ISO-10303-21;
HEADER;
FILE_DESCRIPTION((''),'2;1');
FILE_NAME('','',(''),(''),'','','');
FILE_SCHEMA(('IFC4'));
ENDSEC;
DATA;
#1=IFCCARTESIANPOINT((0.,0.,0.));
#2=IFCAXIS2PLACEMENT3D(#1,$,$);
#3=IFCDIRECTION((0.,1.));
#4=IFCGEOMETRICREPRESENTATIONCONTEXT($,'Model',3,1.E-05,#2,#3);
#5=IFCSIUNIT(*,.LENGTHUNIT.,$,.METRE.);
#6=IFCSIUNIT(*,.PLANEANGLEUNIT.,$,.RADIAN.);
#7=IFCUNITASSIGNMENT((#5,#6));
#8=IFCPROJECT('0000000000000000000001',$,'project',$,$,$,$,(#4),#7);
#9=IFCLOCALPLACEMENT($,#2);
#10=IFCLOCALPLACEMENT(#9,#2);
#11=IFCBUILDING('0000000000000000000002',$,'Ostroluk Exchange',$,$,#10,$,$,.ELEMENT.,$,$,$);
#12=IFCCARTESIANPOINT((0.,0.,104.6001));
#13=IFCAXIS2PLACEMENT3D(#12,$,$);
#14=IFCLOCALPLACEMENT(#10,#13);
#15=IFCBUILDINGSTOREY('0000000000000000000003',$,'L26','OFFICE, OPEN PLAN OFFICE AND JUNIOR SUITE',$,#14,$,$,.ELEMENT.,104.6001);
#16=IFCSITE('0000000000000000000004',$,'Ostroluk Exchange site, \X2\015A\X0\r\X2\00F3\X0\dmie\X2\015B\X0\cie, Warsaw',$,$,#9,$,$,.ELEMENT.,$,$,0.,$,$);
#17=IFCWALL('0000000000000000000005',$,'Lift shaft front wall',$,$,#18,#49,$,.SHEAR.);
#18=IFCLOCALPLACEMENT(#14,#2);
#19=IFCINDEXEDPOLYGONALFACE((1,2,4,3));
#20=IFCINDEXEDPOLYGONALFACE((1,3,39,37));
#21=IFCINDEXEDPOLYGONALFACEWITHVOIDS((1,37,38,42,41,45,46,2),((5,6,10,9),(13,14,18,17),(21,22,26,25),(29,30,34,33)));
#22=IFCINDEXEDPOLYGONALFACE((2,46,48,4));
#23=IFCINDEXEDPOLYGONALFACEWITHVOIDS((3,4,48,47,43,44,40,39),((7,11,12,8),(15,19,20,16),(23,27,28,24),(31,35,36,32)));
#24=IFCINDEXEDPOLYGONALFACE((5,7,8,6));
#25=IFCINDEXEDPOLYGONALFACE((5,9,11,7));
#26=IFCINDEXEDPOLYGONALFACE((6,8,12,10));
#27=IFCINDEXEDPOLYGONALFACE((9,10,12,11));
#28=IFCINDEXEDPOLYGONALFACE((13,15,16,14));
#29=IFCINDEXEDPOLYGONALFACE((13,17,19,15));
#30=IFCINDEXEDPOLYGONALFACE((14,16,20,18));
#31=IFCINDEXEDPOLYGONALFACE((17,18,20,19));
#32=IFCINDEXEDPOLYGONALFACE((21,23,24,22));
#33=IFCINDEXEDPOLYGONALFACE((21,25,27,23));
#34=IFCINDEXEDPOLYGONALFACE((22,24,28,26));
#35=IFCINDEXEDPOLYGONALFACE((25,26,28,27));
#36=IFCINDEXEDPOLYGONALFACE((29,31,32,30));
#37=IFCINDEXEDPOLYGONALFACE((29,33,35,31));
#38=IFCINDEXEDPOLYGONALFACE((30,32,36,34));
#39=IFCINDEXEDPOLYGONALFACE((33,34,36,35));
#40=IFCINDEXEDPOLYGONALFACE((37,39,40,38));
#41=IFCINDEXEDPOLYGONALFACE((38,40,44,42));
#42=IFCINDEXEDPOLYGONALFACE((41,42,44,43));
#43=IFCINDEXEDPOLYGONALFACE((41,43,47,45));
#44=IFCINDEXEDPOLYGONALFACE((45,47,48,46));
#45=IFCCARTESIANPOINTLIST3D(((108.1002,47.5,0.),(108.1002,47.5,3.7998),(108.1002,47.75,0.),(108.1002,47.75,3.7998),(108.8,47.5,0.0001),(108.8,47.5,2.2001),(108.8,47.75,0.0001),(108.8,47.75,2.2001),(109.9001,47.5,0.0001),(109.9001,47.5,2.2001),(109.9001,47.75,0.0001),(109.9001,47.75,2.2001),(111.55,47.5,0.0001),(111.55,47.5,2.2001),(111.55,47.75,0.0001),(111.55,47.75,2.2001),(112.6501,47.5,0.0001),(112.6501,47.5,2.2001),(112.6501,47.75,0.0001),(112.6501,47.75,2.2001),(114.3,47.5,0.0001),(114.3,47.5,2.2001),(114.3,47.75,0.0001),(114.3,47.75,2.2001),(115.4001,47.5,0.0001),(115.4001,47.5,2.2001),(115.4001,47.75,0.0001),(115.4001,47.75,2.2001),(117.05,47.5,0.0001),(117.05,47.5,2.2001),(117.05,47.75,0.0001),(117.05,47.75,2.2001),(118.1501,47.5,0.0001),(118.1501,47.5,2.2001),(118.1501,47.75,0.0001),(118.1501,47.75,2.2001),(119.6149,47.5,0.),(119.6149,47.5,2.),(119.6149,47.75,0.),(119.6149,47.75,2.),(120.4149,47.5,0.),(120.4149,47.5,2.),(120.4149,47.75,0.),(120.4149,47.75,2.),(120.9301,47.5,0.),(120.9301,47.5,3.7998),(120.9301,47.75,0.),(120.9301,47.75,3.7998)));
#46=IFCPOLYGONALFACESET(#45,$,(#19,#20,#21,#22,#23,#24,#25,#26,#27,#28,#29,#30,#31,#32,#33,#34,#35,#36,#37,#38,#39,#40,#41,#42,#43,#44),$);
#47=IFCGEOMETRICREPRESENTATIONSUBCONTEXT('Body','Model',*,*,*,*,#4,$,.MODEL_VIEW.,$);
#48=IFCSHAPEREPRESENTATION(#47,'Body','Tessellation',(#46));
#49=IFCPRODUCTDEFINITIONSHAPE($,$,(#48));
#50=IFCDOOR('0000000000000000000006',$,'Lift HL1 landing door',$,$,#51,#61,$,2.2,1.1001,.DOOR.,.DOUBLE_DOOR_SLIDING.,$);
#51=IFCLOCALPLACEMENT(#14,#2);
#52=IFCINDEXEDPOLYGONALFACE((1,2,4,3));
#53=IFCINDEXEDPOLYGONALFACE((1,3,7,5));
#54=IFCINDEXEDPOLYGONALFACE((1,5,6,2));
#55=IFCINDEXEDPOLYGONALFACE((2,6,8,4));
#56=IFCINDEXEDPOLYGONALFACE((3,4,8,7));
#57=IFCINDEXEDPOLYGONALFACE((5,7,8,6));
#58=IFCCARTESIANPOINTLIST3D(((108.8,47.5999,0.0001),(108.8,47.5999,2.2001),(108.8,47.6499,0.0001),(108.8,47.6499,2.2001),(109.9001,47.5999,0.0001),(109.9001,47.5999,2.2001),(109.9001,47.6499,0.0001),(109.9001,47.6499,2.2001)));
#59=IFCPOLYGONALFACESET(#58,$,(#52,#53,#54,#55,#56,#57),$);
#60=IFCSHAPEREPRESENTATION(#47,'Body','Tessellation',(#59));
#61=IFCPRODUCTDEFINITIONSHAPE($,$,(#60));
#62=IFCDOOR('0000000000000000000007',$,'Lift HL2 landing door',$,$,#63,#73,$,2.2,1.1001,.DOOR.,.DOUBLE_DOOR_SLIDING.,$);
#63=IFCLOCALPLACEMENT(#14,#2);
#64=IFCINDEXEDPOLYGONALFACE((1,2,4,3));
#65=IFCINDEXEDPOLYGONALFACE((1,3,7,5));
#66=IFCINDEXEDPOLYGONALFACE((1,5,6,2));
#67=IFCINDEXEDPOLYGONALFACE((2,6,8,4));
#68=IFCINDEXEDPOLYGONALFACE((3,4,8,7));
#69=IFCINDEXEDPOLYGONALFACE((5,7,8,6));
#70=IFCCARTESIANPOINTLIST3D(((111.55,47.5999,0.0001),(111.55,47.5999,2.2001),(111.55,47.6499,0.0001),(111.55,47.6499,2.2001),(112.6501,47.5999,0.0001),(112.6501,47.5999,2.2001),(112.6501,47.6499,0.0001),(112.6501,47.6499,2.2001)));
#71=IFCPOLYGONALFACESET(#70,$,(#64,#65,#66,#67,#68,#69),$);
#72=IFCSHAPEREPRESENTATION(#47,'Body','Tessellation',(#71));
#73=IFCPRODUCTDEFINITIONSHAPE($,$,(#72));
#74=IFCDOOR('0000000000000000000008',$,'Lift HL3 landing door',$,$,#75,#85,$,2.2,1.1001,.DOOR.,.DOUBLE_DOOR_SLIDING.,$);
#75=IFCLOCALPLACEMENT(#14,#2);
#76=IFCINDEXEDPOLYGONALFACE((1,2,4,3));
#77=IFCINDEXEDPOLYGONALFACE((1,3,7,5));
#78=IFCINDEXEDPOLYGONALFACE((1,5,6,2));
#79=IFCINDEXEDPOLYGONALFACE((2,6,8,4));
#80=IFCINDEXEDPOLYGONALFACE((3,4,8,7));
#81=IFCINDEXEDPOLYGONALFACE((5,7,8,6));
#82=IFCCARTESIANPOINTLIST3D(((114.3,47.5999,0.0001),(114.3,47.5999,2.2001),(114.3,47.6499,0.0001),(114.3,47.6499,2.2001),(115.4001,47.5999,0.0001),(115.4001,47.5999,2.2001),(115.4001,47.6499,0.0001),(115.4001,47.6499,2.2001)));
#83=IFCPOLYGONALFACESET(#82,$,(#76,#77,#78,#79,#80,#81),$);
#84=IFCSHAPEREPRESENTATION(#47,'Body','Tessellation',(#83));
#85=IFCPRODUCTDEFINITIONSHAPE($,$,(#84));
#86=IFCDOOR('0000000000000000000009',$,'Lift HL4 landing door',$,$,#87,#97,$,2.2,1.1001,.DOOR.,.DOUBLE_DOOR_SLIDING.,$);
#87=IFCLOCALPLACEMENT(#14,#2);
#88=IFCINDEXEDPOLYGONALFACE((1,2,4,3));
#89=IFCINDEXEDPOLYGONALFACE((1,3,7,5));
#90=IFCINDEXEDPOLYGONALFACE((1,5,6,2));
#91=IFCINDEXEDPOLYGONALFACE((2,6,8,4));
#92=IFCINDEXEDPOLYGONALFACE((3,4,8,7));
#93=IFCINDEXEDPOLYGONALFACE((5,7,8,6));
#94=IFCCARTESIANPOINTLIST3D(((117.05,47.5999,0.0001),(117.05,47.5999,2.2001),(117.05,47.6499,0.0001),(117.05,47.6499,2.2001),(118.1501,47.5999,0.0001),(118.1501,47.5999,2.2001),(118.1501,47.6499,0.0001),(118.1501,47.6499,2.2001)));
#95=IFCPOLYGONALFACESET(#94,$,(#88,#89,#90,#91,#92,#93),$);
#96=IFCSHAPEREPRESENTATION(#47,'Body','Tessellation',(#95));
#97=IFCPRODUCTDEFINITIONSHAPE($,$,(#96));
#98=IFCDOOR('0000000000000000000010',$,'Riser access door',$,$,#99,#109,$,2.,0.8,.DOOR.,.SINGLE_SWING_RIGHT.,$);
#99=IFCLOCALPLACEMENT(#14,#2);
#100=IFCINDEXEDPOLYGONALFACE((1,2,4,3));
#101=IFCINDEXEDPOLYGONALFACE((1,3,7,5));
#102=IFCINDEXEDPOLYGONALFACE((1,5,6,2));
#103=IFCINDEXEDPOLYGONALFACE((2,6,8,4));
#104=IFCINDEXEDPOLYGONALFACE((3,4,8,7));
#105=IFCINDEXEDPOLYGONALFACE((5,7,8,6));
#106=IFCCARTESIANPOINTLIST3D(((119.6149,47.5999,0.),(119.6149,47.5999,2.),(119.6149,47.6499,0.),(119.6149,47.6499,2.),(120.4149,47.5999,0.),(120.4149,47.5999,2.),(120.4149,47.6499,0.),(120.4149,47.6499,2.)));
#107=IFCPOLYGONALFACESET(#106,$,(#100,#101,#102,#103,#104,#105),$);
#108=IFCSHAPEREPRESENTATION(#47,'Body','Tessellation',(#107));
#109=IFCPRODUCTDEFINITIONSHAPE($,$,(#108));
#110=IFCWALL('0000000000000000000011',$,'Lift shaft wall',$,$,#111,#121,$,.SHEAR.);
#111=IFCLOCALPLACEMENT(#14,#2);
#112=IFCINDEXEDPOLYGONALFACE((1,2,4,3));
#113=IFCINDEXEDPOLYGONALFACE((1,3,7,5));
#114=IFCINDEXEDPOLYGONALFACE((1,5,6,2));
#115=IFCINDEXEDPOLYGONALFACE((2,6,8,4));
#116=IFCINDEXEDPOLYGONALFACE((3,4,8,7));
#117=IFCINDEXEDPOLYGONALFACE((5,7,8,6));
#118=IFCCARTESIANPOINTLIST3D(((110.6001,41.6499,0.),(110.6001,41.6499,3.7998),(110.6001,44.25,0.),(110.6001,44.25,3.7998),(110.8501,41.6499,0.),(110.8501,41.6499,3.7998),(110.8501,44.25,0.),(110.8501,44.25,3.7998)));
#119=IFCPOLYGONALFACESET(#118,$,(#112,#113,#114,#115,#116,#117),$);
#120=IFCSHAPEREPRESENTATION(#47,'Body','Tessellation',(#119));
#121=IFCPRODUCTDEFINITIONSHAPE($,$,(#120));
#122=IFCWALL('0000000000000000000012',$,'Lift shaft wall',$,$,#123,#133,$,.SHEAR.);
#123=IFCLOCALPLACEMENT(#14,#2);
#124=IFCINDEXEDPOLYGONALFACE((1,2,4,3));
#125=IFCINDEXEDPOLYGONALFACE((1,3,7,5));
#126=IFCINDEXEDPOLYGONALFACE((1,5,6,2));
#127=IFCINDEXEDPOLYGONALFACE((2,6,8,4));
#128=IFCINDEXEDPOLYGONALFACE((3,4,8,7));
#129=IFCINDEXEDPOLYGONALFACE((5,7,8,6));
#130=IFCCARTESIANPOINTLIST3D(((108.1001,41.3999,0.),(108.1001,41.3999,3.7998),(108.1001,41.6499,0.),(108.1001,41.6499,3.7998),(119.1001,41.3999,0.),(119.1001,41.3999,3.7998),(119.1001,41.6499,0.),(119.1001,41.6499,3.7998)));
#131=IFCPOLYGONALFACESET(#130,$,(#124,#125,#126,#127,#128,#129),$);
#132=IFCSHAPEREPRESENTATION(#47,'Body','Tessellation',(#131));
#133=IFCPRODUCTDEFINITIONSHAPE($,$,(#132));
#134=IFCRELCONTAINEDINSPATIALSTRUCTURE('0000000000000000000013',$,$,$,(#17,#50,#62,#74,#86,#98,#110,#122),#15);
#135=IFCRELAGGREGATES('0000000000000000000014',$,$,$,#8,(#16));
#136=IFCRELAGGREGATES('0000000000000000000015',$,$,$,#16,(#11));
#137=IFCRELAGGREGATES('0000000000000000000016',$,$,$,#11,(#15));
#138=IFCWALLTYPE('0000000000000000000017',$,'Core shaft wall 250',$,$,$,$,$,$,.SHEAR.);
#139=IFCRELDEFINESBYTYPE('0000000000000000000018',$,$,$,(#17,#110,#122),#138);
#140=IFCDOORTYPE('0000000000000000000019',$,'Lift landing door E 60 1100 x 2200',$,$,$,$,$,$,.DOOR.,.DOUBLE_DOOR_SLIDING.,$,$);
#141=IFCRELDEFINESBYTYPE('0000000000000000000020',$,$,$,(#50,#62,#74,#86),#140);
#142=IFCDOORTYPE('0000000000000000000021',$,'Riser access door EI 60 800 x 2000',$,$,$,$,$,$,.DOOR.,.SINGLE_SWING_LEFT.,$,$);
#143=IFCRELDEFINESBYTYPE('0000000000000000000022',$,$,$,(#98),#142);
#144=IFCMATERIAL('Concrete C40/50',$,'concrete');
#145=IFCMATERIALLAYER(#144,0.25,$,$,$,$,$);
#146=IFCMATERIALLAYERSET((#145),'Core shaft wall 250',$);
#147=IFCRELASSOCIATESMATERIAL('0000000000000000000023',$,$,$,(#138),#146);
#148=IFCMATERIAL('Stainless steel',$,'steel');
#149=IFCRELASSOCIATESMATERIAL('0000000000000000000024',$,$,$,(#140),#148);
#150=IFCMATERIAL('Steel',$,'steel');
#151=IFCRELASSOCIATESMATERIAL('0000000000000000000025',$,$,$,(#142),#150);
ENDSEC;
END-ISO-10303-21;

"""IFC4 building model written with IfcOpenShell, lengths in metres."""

from ifc_helpers import new_model, si_unit, direction, frame, frame_2d, origin, place, context, subcontext, project, spatial, rectangle, extrude, material, layer, layer_set, type_object, element, fill, save


model = new_model("IFC4")

# Units and contexts
model_context = context("Model", 3, precision=1e-05, world=origin(), true_north=direction((0.0, 1.0)))
body_context = subcontext(model_context, "Body", "Model", "MODEL_VIEW")
ifc_project = project(units=[si_unit("LENGTHUNIT", "METRE"), si_unit("PLANEANGLEUNIT", "RADIAN")], contexts=[model_context])

# Site, building, storey
site_placement = place(None, origin())
site = spatial("IfcSite", under=ifc_project, at=site_placement, Name="Ostroluk Exchange site, Śródmieście, Warsaw", CompositionType="ELEMENT", RefElevation=0.0)
building_placement = place(site_placement, origin())
building = spatial("IfcBuilding", under=site, at=building_placement, Name="Ostroluk Exchange", CompositionType="ELEMENT")
storey_placement = place(building_placement, frame((0.0, 0.0, 104.6001)))
storey = spatial("IfcBuildingStorey", under=building, at=storey_placement, Name="L26", Description="OFFICE, OPEN PLAN OFFICE AND JUNIOR SUITE", CompositionType="ELEMENT", Elevation=104.6001)

# Shared definitions
ifc_material_1 = material(Name="Concrete C40/50", Category="concrete")
ifc_layer_1 = layer(ifc_material_1, 0.25)
ifc_layer_set_1 = layer_set([ifc_layer_1], Name="Core shaft wall 250")
wall_type_1 = type_object("IfcWallType", Name="Core shaft wall 250", PredefinedType="SHEAR", material=ifc_layer_set_1)

# Wall, openings, doors
wall_1_placement = place(storey_placement, frame((108.1001, 47.625, 0.0), z_axis=(0.0, 0.0, 1.0), x_axis=(1.0, 0.0, 0.0)))
wall_1 = element("IfcWall", 1, at=wall_1_placement, inside=storey, type_object=wall_type_1, Name="Lift shaft front wall", PredefinedType="SHEAR", context=body_context, shape_type="SweptSolid", body=[
    extrude(rectangle(XDim=12.8298, YDim=0.25, at=frame_2d((6.415, 0.0))), origin(), (0.0, 0.0, 1.0), 3.7998),
])
opening_1_placement = place(wall_1_placement, frame((0.7, 0.0, 0.0)))
opening_1 = element("IfcOpeningElement", 2, at=opening_1_placement, cuts=wall_1, PredefinedType="OPENING", context=body_context, shape_type="SweptSolid", body=[
    extrude(rectangle(XDim=1.1001, YDim=2.2, at=frame_2d((0.55, 1.1001))), frame((0.0, 0.135, 0.0), z_axis=(0.0, -1.0, 0.0), x_axis=(1.0, 0.0, 0.0)), (0.0, 0.0, 1.0), 0.27),
])
opening_2_placement = place(wall_1_placement, frame((3.45, 0.0, 0.0)))
opening_2 = element("IfcOpeningElement", 3, at=opening_2_placement, cuts=wall_1, PredefinedType="OPENING", context=body_context, shape_type="SweptSolid", body=[
    extrude(rectangle(XDim=1.1001, YDim=2.2, at=frame_2d((0.55, 1.1001))), frame((0.0, 0.135, 0.0), z_axis=(0.0, -1.0, 0.0), x_axis=(1.0, 0.0, 0.0)), (0.0, 0.0, 1.0), 0.27),
])
opening_3_placement = place(wall_1_placement, frame((6.2, 0.0, 0.0)))
opening_3 = element("IfcOpeningElement", 4, at=opening_3_placement, cuts=wall_1, PredefinedType="OPENING", context=body_context, shape_type="SweptSolid", body=[
    extrude(rectangle(XDim=1.1001, YDim=2.2, at=frame_2d((0.55, 1.1001))), frame((0.0, 0.135, 0.0), z_axis=(0.0, -1.0, 0.0), x_axis=(1.0, 0.0, 0.0)), (0.0, 0.0, 1.0), 0.27),
])
opening_4_placement = place(wall_1_placement, frame((8.95, 0.0, 0.0)))
opening_4 = element("IfcOpeningElement", 5, at=opening_4_placement, cuts=wall_1, PredefinedType="OPENING", context=body_context, shape_type="SweptSolid", body=[
    extrude(rectangle(XDim=1.1001, YDim=2.2, at=frame_2d((0.55, 1.1001))), frame((0.0, 0.135, 0.0), z_axis=(0.0, -1.0, 0.0), x_axis=(1.0, 0.0, 0.0)), (0.0, 0.0, 1.0), 0.27),
])
opening_5_placement = place(wall_1_placement, frame((11.5149, 0.0, 0.0)))
opening_5 = element("IfcOpeningElement", 6, at=opening_5_placement, cuts=wall_1, PredefinedType="OPENING", context=body_context, shape_type="SweptSolid", body=[
    extrude(rectangle(XDim=0.8, YDim=2.0, at=frame_2d((0.3999, 1.0))), frame((0.0, 0.135, 0.0), z_axis=(0.0, -1.0, 0.0), x_axis=(1.0, 0.0, 0.0)), (0.0, 0.0, 1.0), 0.27),
])
ifc_material_2 = material(Name="Stainless steel", Category="steel")
door_type_1 = type_object("IfcDoorType", Name="Lift landing door E 60 1100 x 2200", OperationType="DOUBLE_DOOR_SLIDING", PredefinedType="DOOR", material=ifc_material_2)
door_1_placement = place(opening_1_placement, origin())
door_1 = element("IfcDoor", 7, at=door_1_placement, inside=storey, type_object=door_type_1, Name="Lift HL1 landing door", OperationType="DOUBLE_DOOR_SLIDING", OverallHeight=2.2, OverallWidth=1.1001, PredefinedType="DOOR", context=body_context, shape_type="SweptSolid", body=[
    extrude(rectangle(XDim=1.1001, YDim=2.2, at=frame_2d((0.55, 1.1001))), frame((0.0, 0.0249, 0.0), z_axis=(0.0, -1.0, 0.0), x_axis=(1.0, 0.0, 0.0)), (0.0, 0.0, 1.0), 0.05),
])
fill(opening_1, door_1)
door_2_placement = place(opening_2_placement, origin())
door_2 = element("IfcDoor", 8, at=door_2_placement, inside=storey, type_object=door_type_1, Name="Lift HL2 landing door", OperationType="DOUBLE_DOOR_SLIDING", OverallHeight=2.2, OverallWidth=1.1001, PredefinedType="DOOR", context=body_context, shape_type="SweptSolid", body=[
    extrude(rectangle(XDim=1.1001, YDim=2.2, at=frame_2d((0.55, 1.1001))), frame((0.0, 0.0249, 0.0), z_axis=(0.0, -1.0, 0.0), x_axis=(1.0, 0.0, 0.0)), (0.0, 0.0, 1.0), 0.05),
])
fill(opening_2, door_2)
door_3_placement = place(opening_3_placement, origin())
door_3 = element("IfcDoor", 9, at=door_3_placement, inside=storey, type_object=door_type_1, Name="Lift HL3 landing door", OperationType="DOUBLE_DOOR_SLIDING", OverallHeight=2.2, OverallWidth=1.1001, PredefinedType="DOOR", context=body_context, shape_type="SweptSolid", body=[
    extrude(rectangle(XDim=1.1001, YDim=2.2, at=frame_2d((0.55, 1.1001))), frame((0.0, 0.0249, 0.0), z_axis=(0.0, -1.0, 0.0), x_axis=(1.0, 0.0, 0.0)), (0.0, 0.0, 1.0), 0.05),
])
fill(opening_3, door_3)
door_4_placement = place(opening_4_placement, origin())
door_4 = element("IfcDoor", 10, at=door_4_placement, inside=storey, type_object=door_type_1, Name="Lift HL4 landing door", OperationType="DOUBLE_DOOR_SLIDING", OverallHeight=2.2, OverallWidth=1.1001, PredefinedType="DOOR", context=body_context, shape_type="SweptSolid", body=[
    extrude(rectangle(XDim=1.1001, YDim=2.2, at=frame_2d((0.55, 1.1001))), frame((0.0, 0.0249, 0.0), z_axis=(0.0, -1.0, 0.0), x_axis=(1.0, 0.0, 0.0)), (0.0, 0.0, 1.0), 0.05),
])
fill(opening_4, door_4)
ifc_material_3 = material(Name="Steel", Category="steel")
door_type_2 = type_object("IfcDoorType", Name="Riser access door EI 60 800 x 2000", OperationType="SINGLE_SWING_LEFT", PredefinedType="DOOR", material=ifc_material_3)
door_5_placement = place(opening_5_placement, origin())
door_5 = element("IfcDoor", 11, at=door_5_placement, inside=storey, type_object=door_type_2, Name="Riser access door", OperationType="SINGLE_SWING_RIGHT", OverallHeight=2.0, OverallWidth=0.8, PredefinedType="DOOR", context=body_context, shape_type="SweptSolid", body=[
    extrude(rectangle(XDim=0.8, YDim=2.0, at=frame_2d((0.3999, 1.0))), frame((0.0, 0.0249, 0.0), z_axis=(0.0, -1.0, 0.0), x_axis=(1.0, 0.0, 0.0)), (0.0, 0.0, 1.0), 0.05),
])
fill(opening_5, door_5)

# Walls
wall_2_placement = place(storey_placement, frame((110.7251, 44.25, 0.0), z_axis=(0.0, 0.0, 1.0), x_axis=(0.0, -1.0, 0.0)))
element("IfcWall", 12, at=wall_2_placement, inside=storey, type_object=wall_type_1, Name="Lift shaft wall", PredefinedType="SHEAR", context=body_context, shape_type="SweptSolid", body=[
    extrude(rectangle(XDim=2.6001, YDim=0.25, at=frame_2d((1.3, 0.0))), origin(), (0.0, 0.0, 1.0), 3.7998),
])
wall_3_placement = place(storey_placement, frame((108.1001, 41.5249, 0.0), z_axis=(0.0, 0.0, 1.0), x_axis=(1.0, 0.0, 0.0)))
element("IfcWall", 13, at=wall_3_placement, inside=storey, type_object=wall_type_1, Name="Lift shaft wall", PredefinedType="SHEAR", context=body_context, shape_type="SweptSolid", body=[
    extrude(rectangle(XDim=11.0, YDim=0.25, at=frame_2d((5.5, 0.0))), origin(), (0.0, 0.0, 1.0), 3.7998),
])

save(model, "model.ifc")
